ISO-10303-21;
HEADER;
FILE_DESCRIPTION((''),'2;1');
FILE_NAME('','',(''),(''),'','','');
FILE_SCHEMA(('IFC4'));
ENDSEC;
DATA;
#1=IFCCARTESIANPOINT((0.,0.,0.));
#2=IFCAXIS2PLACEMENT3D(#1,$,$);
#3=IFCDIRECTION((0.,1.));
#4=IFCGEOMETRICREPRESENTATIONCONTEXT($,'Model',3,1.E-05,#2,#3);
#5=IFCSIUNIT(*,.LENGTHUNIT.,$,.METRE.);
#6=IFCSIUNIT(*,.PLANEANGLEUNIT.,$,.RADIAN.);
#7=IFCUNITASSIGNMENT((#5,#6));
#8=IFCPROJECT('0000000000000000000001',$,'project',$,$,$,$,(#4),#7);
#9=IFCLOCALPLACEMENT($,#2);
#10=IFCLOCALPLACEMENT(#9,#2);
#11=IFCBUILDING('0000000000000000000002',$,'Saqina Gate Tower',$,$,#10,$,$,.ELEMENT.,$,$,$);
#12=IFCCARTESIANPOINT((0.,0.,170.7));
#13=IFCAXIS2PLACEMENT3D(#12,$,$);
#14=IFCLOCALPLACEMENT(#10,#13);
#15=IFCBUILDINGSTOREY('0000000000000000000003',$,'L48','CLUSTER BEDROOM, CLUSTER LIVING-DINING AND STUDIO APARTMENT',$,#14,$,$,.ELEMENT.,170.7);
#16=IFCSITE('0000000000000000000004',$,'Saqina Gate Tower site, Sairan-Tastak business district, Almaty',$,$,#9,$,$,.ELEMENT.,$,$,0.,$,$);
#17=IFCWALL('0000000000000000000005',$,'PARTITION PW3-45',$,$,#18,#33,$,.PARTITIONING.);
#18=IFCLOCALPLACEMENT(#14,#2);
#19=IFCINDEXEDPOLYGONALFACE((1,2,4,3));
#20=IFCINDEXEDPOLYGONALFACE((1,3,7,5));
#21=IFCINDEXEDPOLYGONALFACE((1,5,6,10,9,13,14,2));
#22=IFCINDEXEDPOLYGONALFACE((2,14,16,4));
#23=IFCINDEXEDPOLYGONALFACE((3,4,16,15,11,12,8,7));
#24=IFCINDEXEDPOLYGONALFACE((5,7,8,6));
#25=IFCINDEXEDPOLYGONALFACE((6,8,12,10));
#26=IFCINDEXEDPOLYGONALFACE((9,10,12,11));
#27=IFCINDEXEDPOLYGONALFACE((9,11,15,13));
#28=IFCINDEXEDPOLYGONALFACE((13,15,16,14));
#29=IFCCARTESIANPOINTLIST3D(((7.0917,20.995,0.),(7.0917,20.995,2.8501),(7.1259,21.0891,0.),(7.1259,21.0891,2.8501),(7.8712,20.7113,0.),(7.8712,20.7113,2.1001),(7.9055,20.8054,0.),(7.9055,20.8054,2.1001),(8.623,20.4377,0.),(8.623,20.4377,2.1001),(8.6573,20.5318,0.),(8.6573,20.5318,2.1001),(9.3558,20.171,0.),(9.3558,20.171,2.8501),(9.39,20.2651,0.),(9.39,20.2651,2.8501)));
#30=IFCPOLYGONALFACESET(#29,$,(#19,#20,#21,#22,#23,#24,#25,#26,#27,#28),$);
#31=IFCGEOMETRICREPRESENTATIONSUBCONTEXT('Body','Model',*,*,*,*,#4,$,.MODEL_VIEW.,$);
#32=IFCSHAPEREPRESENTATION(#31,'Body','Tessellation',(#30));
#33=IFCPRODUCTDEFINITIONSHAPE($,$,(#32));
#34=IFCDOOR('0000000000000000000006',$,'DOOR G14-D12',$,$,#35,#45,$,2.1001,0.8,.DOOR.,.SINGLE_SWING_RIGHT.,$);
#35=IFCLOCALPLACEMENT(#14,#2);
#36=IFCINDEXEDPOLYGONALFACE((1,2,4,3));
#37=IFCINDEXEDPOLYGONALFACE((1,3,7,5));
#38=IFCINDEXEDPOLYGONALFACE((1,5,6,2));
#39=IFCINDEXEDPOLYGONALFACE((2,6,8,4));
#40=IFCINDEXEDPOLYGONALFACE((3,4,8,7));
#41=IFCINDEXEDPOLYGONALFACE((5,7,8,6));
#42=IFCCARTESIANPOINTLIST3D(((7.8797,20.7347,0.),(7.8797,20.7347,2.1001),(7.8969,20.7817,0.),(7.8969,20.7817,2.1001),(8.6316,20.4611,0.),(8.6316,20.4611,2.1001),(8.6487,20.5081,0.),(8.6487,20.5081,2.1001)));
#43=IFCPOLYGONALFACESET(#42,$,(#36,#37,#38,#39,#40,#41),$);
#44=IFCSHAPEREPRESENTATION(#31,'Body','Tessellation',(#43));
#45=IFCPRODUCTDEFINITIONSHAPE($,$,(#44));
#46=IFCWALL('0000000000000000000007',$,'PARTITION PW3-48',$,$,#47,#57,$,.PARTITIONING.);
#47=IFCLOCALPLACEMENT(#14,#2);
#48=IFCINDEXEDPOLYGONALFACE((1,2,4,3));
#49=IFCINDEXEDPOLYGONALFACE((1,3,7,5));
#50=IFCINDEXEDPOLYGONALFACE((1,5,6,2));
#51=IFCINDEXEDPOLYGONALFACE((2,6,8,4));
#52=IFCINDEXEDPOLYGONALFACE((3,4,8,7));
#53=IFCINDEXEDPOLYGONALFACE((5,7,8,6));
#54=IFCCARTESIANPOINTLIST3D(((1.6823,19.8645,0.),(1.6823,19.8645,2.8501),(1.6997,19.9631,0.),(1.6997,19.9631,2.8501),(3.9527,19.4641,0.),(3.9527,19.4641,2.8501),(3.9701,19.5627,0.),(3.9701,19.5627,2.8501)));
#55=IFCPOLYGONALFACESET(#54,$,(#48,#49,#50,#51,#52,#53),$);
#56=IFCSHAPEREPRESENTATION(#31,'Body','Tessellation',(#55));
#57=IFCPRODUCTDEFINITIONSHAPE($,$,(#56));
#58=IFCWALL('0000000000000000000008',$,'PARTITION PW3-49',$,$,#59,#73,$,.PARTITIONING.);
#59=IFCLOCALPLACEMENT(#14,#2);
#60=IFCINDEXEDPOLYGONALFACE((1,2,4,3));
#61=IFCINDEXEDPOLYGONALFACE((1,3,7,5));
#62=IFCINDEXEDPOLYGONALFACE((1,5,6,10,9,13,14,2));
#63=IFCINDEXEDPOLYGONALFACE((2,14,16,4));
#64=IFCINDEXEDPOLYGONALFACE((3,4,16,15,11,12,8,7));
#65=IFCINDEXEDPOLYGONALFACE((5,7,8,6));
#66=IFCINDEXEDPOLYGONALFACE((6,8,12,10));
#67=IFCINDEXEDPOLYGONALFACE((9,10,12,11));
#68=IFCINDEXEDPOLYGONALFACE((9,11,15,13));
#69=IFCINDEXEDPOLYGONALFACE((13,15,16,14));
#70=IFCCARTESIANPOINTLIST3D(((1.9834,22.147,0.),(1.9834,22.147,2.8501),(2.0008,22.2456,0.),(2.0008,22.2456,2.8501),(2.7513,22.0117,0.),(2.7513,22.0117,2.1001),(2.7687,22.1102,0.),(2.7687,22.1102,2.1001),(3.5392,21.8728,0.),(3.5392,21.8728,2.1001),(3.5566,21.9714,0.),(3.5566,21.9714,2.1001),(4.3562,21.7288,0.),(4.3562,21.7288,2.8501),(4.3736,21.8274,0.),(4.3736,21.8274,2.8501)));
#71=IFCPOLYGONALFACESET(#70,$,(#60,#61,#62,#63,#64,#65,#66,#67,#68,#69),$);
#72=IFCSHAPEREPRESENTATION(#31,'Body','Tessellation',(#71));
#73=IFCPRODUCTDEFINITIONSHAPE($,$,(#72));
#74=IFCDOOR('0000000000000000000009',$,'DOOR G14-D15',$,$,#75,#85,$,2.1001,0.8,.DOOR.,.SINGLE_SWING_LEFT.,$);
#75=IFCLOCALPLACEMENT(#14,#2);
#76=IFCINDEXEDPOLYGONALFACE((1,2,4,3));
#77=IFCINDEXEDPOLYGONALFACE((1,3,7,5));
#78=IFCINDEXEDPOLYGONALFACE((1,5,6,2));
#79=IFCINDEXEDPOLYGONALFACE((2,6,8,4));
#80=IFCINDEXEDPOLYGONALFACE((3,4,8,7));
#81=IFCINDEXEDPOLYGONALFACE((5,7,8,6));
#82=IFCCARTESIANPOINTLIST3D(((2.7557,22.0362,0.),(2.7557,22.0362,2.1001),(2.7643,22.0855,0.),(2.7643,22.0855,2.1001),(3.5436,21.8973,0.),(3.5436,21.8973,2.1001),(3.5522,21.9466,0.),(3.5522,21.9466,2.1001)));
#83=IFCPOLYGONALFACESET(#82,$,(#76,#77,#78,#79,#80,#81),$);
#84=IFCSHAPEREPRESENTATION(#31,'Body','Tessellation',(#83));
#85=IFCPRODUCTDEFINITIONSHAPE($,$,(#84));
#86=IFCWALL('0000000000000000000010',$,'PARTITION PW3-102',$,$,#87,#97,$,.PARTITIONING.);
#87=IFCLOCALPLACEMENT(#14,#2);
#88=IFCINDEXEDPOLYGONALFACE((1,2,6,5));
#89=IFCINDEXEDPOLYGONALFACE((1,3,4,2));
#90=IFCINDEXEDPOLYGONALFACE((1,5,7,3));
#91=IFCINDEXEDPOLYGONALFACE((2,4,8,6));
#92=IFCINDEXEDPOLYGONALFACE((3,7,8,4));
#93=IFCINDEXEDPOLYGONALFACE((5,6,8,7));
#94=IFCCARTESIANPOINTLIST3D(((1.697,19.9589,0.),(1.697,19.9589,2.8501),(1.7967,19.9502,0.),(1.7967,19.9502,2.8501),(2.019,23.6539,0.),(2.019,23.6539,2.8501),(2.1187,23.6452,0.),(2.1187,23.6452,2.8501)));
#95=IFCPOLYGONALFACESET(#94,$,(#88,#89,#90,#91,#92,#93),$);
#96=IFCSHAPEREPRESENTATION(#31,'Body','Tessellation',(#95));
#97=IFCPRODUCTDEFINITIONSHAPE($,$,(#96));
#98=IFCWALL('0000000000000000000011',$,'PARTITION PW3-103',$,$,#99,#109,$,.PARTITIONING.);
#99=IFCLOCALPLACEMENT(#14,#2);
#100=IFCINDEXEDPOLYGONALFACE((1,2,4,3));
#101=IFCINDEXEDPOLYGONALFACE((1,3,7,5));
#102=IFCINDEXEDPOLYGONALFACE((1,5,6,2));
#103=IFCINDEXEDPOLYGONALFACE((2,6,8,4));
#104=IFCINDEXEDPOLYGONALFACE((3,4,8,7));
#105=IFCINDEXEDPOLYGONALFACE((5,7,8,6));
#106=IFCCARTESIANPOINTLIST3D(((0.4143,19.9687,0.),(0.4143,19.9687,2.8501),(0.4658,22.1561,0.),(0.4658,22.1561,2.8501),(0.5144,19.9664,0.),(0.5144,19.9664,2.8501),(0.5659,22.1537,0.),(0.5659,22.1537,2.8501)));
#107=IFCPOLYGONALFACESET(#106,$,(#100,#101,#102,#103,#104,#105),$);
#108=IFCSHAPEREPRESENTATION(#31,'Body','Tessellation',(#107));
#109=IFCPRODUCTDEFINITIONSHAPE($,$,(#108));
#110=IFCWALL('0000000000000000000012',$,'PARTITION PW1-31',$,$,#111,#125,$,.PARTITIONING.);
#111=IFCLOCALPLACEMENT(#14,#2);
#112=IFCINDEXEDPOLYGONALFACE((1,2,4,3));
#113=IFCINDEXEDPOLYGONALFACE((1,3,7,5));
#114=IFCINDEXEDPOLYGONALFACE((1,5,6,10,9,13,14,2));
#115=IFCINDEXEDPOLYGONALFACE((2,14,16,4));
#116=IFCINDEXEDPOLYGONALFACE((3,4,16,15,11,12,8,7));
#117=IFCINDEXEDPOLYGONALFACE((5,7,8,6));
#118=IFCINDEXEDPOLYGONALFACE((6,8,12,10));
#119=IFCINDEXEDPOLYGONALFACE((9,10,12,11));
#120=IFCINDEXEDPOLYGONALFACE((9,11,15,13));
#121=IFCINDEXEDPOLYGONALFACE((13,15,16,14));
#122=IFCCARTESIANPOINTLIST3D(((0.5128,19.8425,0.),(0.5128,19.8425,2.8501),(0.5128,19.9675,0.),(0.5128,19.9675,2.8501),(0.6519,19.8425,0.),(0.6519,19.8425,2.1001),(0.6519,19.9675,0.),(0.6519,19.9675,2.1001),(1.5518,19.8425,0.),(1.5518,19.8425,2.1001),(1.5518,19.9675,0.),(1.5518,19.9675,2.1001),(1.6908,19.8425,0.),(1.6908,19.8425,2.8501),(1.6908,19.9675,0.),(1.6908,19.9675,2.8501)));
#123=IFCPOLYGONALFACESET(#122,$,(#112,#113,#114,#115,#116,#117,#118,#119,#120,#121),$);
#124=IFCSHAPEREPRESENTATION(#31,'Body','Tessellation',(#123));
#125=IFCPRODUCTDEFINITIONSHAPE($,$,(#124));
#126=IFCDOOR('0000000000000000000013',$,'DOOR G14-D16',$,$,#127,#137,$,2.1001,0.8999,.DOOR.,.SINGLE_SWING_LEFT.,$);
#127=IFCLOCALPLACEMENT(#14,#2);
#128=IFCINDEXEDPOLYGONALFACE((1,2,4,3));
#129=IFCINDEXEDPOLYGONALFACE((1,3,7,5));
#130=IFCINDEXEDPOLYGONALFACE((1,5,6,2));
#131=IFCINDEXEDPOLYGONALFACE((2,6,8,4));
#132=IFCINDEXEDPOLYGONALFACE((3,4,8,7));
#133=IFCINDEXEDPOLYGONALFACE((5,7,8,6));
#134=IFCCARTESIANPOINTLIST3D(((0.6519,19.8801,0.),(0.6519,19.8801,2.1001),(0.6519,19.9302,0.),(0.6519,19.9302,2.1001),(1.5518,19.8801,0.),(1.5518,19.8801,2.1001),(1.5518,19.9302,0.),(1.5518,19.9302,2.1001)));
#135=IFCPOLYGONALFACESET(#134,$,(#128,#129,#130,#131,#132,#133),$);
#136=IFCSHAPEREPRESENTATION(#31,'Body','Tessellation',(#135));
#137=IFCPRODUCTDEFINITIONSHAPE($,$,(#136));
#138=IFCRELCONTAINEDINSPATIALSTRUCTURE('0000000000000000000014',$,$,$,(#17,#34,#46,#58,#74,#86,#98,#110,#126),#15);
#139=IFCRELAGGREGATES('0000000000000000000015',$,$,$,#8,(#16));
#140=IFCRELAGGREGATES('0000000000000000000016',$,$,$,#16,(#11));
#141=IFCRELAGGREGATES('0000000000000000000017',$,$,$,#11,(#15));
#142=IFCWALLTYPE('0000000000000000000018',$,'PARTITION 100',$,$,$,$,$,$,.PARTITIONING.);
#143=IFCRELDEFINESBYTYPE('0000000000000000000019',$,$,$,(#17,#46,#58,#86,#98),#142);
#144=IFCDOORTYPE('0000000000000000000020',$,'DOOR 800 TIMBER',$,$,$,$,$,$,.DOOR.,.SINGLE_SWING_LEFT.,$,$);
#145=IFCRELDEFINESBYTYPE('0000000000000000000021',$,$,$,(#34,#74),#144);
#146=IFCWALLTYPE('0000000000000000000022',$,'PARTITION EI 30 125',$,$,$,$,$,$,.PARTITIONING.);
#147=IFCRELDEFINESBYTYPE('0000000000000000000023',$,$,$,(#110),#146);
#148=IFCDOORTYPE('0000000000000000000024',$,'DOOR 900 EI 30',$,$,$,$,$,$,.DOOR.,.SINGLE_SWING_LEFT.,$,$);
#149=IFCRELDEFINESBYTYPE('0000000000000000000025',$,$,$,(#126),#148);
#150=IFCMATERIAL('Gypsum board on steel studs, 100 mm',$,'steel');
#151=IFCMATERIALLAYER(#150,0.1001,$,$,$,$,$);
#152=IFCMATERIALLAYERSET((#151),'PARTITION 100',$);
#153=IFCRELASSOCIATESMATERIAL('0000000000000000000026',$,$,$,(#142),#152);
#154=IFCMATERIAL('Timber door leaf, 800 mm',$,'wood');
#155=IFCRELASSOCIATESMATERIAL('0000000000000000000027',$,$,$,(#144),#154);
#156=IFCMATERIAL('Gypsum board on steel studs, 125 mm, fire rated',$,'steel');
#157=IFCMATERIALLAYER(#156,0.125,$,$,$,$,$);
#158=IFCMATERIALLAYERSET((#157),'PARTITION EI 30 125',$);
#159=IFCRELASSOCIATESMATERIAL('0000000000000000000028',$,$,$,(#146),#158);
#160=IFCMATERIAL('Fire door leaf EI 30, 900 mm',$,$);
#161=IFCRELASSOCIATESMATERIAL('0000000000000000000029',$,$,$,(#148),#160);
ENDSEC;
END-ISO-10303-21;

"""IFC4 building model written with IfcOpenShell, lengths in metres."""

from ifc_helpers import new_model, si_unit, direction, frame, frame_2d, origin, place, context, subcontext, project, spatial, rectangle, extrude, material, layer, layer_set, type_object, element, fill, save


model = new_model("IFC4")

# Units and contexts
model_context = context("Model", 3, precision=1e-05, world=origin(), true_north=direction((0.0, 1.0)))
body_context = subcontext(model_context, "Body", "Model", "MODEL_VIEW")
ifc_project = project(units=[si_unit("LENGTHUNIT", "METRE"), si_unit("PLANEANGLEUNIT", "RADIAN")], contexts=[model_context])

# Site, building, storey
site_placement = place(None, origin())
site = spatial("IfcSite", under=ifc_project, at=site_placement, Name="Saqina Gate Tower site, Sairan-Tastak business district, Almaty", CompositionType="ELEMENT", RefElevation=0.0)
building_placement = place(site_placement, origin())
building = spatial("IfcBuilding", under=site, at=building_placement, Name="Saqina Gate Tower", CompositionType="ELEMENT")
storey_placement = place(building_placement, frame((0.0, 0.0, 170.7)))
storey = spatial("IfcBuildingStorey", under=building, at=storey_placement, Name="L48", Description="CLUSTER BEDROOM, CLUSTER LIVING-DINING AND STUDIO APARTMENT", CompositionType="ELEMENT", Elevation=170.7)

# Wall, opening, door
ifc_material_1 = material(Name="Gypsum board on steel studs, 100 mm", Category="steel")
ifc_layer_1 = layer(ifc_material_1, 0.1001)
ifc_layer_set_1 = layer_set([ifc_layer_1], Name="PARTITION 100")
wall_type_1 = type_object("IfcWallType", Name="PARTITION 100", PredefinedType="PARTITIONING", material=ifc_layer_set_1)
ifc_material_2 = material(Name="Timber door leaf, 800 mm", Category="wood")
door_type_1 = type_object("IfcDoorType", Name="DOOR 800 TIMBER", OperationType="SINGLE_SWING_LEFT", PredefinedType="DOOR", material=ifc_material_2)
wall_1_placement = place(storey_placement, frame((7.1089, 21.042, 0.0), z_axis=(0.0, 0.0, 1.0), x_axis=(0.939708, -0.341979, 0.0)))
wall_1 = element("IfcWall", 1, at=wall_1_placement, inside=storey, type_object=wall_type_1, Name="PARTITION PW3-45", PredefinedType="PARTITIONING", context=body_context, shape_type="SweptSolid", body=[
    extrude(rectangle(XDim=2.4094, YDim=0.1001, at=frame_2d((1.2046, 0.0))), origin(), (0.0, 0.0, 1.0), 2.8501),
])
opening_1_placement = place(wall_1_placement, frame((0.8296, 0.0, 0.0)))
opening_1 = element("IfcOpeningElement", 2, at=opening_1_placement, cuts=wall_1, PredefinedType="OPENING", context=body_context, shape_type="SweptSolid", body=[
    extrude(rectangle(XDim=0.8, YDim=2.1001, at=frame_2d((0.3999, 1.05))), frame((0.0, 0.062, 0.0), z_axis=(0.0, -1.0, 0.0), x_axis=(1.0, 0.0, 0.0)), (0.0, 0.0, 1.0), 0.124),
])
door_1_placement = place(opening_1_placement, origin())
door_1 = element("IfcDoor", 3, at=door_1_placement, inside=storey, type_object=door_type_1, Name="DOOR G14-D12", OperationType="SINGLE_SWING_RIGHT", OverallHeight=2.1001, OverallWidth=0.8, PredefinedType="DOOR", context=body_context, shape_type="SweptSolid", body=[
    extrude(rectangle(XDim=0.8, YDim=2.1001, at=frame_2d((0.3999, 1.05))), frame((0.0, 0.0249, 0.0), z_axis=(0.0, -1.0, 0.0), x_axis=(1.0, 0.0, 0.0)), (0.0, 0.0, 1.0), 0.05),
])
fill(opening_1, door_1)

# Wall
wall_2_placement = place(storey_placement, frame((1.6909, 19.9138, 0.0), z_axis=(0.0, 0.0, 1.0), x_axis=(0.984802, -0.173683, 0.0)))
element("IfcWall", 4, at=wall_2_placement, inside=storey, type_object=wall_type_1, Name="PARTITION PW3-48", PredefinedType="PARTITIONING", context=body_context, shape_type="SweptSolid", body=[
    extrude(rectangle(XDim=2.3054, YDim=0.1001, at=frame_2d((1.1528, 0.0))), origin(), (0.0, 0.0, 1.0), 2.8501),
])

# Wall, opening, door
wall_3_placement = place(storey_placement, frame((1.9922, 22.1963, 0.0), z_axis=(0.0, 0.0, 1.0), x_axis=(0.98482, -0.173577, 0.0)))
wall_3 = element("IfcWall", 5, at=wall_3_placement, inside=storey, type_object=wall_type_1, Name="PARTITION PW3-49", PredefinedType="PARTITIONING", context=body_context, shape_type="SweptSolid", body=[
    extrude(rectangle(XDim=2.4094, YDim=0.1001, at=frame_2d((1.2046, 0.0))), origin(), (0.0, 0.0, 1.0), 2.8501),
])
opening_2_placement = place(wall_3_placement, frame((0.7798, 0.0, 0.0)))
opening_2 = element("IfcOpeningElement", 6, at=opening_2_placement, cuts=wall_3, PredefinedType="OPENING", context=body_context, shape_type="SweptSolid", body=[
    extrude(rectangle(XDim=0.8, YDim=2.1001, at=frame_2d((0.3999, 1.05))), frame((0.0, 0.062, 0.0), z_axis=(0.0, -1.0, 0.0), x_axis=(1.0, 0.0, 0.0)), (0.0, 0.0, 1.0), 0.124),
])
door_2_placement = place(opening_2_placement, origin())
door_2 = element("IfcDoor", 7, at=door_2_placement, inside=storey, type_object=door_type_1, Name="DOOR G14-D15", OperationType="SINGLE_SWING_LEFT", OverallHeight=2.1001, OverallWidth=0.8, PredefinedType="DOOR", context=body_context, shape_type="SweptSolid", body=[
    extrude(rectangle(XDim=0.8, YDim=2.1001, at=frame_2d((0.3999, 1.05))), frame((0.0, 0.0249, 0.0), z_axis=(0.0, -1.0, 0.0), x_axis=(1.0, 0.0, 0.0)), (0.0, 0.0, 1.0), 0.05),
])
fill(opening_2, door_2)

# Walls
wall_4_placement = place(storey_placement, frame((1.7468, 19.9546, 0.0), z_axis=(0.0, 0.0, 1.0), x_axis=(0.08682, 0.996224, 0.0)))
element("IfcWall", 8, at=wall_4_placement, inside=storey, type_object=wall_type_1, Name="PARTITION PW3-102", PredefinedType="PARTITIONING", context=body_context, shape_type="SweptSolid", body=[
    extrude(rectangle(XDim=3.709, YDim=0.1001, at=frame_2d((1.8545, 0.0))), origin(), (0.0, 0.0, 1.0), 2.8501),
])
wall_5_placement = place(storey_placement, frame((0.4644, 19.9675, 0.0), z_axis=(0.0, 0.0, 1.0), x_axis=(0.023543, 0.999723, 0.0)))
element("IfcWall", 9, at=wall_5_placement, inside=storey, type_object=wall_type_1, Name="PARTITION PW3-103", PredefinedType="PARTITIONING", context=body_context, shape_type="SweptSolid", body=[
    extrude(rectangle(XDim=2.188, YDim=0.1001, at=frame_2d((1.094, 0.0))), origin(), (0.0, 0.0, 1.0), 2.8501),
])

# Wall, opening, door
ifc_material_3 = material(Name="Gypsum board on steel studs, 125 mm, fire rated", Category="steel")
ifc_layer_2 = layer(ifc_material_3, 0.125)
ifc_layer_set_2 = layer_set([ifc_layer_2], Name="PARTITION EI 30 125")
wall_type_2 = type_object("IfcWallType", Name="PARTITION EI 30 125", PredefinedType="PARTITIONING", material=ifc_layer_set_2)
wall_6_placement = place(storey_placement, frame((0.5129, 19.905, 0.0), z_axis=(0.0, 0.0, 1.0), x_axis=(1.0, 0.0, 0.0)))
wall_6 = element("IfcWall", 10, at=wall_6_placement, inside=storey, type_object=wall_type_2, Name="PARTITION PW1-31", PredefinedType="PARTITIONING", context=body_context, shape_type="SweptSolid", body=[
    extrude(rectangle(XDim=1.178, YDim=0.125, at=frame_2d((0.5889, 0.0))), origin(), (0.0, 0.0, 1.0), 2.8501),
])
opening_3_placement = place(wall_6_placement, frame((0.1389, 0.0, 0.0)))
opening_3 = element("IfcOpeningElement", 11, at=opening_3_placement, cuts=wall_6, PredefinedType="OPENING", context=body_context, shape_type="SweptSolid", body=[
    extrude(rectangle(XDim=0.8999, YDim=2.1001, at=frame_2d((0.45, 1.05))), frame((0.0, 0.0745, 0.0), z_axis=(0.0, -1.0, 0.0), x_axis=(1.0, 0.0, 0.0)), (0.0, 0.0, 1.0), 0.1489),
])
ifc_material_4 = material(Name="Fire door leaf EI 30, 900 mm")
door_type_2 = type_object("IfcDoorType", Name="DOOR 900 EI 30", OperationType="SINGLE_SWING_LEFT", PredefinedType="DOOR", material=ifc_material_4)
door_3_placement = place(opening_3_placement, frame((0.8999, 0.0, 0.0), z_axis=(0.0, 0.0, 1.0), x_axis=(-1.0, 0.0, 0.0)))
door_3 = element("IfcDoor", 12, at=door_3_placement, inside=storey, type_object=door_type_2, Name="DOOR G14-D16", OperationType="SINGLE_SWING_LEFT", OverallHeight=2.1001, OverallWidth=0.8999, PredefinedType="DOOR", context=body_context, shape_type="SweptSolid", body=[
    extrude(rectangle(XDim=0.8999, YDim=2.1001, at=frame_2d((0.45, 1.05))), frame((0.0, 0.0249, 0.0), z_axis=(0.0, -1.0, 0.0), x_axis=(1.0, 0.0, 0.0)), (0.0, 0.0, 1.0), 0.05),
])
fill(opening_3, door_3)

save(model, "model.ifc")
